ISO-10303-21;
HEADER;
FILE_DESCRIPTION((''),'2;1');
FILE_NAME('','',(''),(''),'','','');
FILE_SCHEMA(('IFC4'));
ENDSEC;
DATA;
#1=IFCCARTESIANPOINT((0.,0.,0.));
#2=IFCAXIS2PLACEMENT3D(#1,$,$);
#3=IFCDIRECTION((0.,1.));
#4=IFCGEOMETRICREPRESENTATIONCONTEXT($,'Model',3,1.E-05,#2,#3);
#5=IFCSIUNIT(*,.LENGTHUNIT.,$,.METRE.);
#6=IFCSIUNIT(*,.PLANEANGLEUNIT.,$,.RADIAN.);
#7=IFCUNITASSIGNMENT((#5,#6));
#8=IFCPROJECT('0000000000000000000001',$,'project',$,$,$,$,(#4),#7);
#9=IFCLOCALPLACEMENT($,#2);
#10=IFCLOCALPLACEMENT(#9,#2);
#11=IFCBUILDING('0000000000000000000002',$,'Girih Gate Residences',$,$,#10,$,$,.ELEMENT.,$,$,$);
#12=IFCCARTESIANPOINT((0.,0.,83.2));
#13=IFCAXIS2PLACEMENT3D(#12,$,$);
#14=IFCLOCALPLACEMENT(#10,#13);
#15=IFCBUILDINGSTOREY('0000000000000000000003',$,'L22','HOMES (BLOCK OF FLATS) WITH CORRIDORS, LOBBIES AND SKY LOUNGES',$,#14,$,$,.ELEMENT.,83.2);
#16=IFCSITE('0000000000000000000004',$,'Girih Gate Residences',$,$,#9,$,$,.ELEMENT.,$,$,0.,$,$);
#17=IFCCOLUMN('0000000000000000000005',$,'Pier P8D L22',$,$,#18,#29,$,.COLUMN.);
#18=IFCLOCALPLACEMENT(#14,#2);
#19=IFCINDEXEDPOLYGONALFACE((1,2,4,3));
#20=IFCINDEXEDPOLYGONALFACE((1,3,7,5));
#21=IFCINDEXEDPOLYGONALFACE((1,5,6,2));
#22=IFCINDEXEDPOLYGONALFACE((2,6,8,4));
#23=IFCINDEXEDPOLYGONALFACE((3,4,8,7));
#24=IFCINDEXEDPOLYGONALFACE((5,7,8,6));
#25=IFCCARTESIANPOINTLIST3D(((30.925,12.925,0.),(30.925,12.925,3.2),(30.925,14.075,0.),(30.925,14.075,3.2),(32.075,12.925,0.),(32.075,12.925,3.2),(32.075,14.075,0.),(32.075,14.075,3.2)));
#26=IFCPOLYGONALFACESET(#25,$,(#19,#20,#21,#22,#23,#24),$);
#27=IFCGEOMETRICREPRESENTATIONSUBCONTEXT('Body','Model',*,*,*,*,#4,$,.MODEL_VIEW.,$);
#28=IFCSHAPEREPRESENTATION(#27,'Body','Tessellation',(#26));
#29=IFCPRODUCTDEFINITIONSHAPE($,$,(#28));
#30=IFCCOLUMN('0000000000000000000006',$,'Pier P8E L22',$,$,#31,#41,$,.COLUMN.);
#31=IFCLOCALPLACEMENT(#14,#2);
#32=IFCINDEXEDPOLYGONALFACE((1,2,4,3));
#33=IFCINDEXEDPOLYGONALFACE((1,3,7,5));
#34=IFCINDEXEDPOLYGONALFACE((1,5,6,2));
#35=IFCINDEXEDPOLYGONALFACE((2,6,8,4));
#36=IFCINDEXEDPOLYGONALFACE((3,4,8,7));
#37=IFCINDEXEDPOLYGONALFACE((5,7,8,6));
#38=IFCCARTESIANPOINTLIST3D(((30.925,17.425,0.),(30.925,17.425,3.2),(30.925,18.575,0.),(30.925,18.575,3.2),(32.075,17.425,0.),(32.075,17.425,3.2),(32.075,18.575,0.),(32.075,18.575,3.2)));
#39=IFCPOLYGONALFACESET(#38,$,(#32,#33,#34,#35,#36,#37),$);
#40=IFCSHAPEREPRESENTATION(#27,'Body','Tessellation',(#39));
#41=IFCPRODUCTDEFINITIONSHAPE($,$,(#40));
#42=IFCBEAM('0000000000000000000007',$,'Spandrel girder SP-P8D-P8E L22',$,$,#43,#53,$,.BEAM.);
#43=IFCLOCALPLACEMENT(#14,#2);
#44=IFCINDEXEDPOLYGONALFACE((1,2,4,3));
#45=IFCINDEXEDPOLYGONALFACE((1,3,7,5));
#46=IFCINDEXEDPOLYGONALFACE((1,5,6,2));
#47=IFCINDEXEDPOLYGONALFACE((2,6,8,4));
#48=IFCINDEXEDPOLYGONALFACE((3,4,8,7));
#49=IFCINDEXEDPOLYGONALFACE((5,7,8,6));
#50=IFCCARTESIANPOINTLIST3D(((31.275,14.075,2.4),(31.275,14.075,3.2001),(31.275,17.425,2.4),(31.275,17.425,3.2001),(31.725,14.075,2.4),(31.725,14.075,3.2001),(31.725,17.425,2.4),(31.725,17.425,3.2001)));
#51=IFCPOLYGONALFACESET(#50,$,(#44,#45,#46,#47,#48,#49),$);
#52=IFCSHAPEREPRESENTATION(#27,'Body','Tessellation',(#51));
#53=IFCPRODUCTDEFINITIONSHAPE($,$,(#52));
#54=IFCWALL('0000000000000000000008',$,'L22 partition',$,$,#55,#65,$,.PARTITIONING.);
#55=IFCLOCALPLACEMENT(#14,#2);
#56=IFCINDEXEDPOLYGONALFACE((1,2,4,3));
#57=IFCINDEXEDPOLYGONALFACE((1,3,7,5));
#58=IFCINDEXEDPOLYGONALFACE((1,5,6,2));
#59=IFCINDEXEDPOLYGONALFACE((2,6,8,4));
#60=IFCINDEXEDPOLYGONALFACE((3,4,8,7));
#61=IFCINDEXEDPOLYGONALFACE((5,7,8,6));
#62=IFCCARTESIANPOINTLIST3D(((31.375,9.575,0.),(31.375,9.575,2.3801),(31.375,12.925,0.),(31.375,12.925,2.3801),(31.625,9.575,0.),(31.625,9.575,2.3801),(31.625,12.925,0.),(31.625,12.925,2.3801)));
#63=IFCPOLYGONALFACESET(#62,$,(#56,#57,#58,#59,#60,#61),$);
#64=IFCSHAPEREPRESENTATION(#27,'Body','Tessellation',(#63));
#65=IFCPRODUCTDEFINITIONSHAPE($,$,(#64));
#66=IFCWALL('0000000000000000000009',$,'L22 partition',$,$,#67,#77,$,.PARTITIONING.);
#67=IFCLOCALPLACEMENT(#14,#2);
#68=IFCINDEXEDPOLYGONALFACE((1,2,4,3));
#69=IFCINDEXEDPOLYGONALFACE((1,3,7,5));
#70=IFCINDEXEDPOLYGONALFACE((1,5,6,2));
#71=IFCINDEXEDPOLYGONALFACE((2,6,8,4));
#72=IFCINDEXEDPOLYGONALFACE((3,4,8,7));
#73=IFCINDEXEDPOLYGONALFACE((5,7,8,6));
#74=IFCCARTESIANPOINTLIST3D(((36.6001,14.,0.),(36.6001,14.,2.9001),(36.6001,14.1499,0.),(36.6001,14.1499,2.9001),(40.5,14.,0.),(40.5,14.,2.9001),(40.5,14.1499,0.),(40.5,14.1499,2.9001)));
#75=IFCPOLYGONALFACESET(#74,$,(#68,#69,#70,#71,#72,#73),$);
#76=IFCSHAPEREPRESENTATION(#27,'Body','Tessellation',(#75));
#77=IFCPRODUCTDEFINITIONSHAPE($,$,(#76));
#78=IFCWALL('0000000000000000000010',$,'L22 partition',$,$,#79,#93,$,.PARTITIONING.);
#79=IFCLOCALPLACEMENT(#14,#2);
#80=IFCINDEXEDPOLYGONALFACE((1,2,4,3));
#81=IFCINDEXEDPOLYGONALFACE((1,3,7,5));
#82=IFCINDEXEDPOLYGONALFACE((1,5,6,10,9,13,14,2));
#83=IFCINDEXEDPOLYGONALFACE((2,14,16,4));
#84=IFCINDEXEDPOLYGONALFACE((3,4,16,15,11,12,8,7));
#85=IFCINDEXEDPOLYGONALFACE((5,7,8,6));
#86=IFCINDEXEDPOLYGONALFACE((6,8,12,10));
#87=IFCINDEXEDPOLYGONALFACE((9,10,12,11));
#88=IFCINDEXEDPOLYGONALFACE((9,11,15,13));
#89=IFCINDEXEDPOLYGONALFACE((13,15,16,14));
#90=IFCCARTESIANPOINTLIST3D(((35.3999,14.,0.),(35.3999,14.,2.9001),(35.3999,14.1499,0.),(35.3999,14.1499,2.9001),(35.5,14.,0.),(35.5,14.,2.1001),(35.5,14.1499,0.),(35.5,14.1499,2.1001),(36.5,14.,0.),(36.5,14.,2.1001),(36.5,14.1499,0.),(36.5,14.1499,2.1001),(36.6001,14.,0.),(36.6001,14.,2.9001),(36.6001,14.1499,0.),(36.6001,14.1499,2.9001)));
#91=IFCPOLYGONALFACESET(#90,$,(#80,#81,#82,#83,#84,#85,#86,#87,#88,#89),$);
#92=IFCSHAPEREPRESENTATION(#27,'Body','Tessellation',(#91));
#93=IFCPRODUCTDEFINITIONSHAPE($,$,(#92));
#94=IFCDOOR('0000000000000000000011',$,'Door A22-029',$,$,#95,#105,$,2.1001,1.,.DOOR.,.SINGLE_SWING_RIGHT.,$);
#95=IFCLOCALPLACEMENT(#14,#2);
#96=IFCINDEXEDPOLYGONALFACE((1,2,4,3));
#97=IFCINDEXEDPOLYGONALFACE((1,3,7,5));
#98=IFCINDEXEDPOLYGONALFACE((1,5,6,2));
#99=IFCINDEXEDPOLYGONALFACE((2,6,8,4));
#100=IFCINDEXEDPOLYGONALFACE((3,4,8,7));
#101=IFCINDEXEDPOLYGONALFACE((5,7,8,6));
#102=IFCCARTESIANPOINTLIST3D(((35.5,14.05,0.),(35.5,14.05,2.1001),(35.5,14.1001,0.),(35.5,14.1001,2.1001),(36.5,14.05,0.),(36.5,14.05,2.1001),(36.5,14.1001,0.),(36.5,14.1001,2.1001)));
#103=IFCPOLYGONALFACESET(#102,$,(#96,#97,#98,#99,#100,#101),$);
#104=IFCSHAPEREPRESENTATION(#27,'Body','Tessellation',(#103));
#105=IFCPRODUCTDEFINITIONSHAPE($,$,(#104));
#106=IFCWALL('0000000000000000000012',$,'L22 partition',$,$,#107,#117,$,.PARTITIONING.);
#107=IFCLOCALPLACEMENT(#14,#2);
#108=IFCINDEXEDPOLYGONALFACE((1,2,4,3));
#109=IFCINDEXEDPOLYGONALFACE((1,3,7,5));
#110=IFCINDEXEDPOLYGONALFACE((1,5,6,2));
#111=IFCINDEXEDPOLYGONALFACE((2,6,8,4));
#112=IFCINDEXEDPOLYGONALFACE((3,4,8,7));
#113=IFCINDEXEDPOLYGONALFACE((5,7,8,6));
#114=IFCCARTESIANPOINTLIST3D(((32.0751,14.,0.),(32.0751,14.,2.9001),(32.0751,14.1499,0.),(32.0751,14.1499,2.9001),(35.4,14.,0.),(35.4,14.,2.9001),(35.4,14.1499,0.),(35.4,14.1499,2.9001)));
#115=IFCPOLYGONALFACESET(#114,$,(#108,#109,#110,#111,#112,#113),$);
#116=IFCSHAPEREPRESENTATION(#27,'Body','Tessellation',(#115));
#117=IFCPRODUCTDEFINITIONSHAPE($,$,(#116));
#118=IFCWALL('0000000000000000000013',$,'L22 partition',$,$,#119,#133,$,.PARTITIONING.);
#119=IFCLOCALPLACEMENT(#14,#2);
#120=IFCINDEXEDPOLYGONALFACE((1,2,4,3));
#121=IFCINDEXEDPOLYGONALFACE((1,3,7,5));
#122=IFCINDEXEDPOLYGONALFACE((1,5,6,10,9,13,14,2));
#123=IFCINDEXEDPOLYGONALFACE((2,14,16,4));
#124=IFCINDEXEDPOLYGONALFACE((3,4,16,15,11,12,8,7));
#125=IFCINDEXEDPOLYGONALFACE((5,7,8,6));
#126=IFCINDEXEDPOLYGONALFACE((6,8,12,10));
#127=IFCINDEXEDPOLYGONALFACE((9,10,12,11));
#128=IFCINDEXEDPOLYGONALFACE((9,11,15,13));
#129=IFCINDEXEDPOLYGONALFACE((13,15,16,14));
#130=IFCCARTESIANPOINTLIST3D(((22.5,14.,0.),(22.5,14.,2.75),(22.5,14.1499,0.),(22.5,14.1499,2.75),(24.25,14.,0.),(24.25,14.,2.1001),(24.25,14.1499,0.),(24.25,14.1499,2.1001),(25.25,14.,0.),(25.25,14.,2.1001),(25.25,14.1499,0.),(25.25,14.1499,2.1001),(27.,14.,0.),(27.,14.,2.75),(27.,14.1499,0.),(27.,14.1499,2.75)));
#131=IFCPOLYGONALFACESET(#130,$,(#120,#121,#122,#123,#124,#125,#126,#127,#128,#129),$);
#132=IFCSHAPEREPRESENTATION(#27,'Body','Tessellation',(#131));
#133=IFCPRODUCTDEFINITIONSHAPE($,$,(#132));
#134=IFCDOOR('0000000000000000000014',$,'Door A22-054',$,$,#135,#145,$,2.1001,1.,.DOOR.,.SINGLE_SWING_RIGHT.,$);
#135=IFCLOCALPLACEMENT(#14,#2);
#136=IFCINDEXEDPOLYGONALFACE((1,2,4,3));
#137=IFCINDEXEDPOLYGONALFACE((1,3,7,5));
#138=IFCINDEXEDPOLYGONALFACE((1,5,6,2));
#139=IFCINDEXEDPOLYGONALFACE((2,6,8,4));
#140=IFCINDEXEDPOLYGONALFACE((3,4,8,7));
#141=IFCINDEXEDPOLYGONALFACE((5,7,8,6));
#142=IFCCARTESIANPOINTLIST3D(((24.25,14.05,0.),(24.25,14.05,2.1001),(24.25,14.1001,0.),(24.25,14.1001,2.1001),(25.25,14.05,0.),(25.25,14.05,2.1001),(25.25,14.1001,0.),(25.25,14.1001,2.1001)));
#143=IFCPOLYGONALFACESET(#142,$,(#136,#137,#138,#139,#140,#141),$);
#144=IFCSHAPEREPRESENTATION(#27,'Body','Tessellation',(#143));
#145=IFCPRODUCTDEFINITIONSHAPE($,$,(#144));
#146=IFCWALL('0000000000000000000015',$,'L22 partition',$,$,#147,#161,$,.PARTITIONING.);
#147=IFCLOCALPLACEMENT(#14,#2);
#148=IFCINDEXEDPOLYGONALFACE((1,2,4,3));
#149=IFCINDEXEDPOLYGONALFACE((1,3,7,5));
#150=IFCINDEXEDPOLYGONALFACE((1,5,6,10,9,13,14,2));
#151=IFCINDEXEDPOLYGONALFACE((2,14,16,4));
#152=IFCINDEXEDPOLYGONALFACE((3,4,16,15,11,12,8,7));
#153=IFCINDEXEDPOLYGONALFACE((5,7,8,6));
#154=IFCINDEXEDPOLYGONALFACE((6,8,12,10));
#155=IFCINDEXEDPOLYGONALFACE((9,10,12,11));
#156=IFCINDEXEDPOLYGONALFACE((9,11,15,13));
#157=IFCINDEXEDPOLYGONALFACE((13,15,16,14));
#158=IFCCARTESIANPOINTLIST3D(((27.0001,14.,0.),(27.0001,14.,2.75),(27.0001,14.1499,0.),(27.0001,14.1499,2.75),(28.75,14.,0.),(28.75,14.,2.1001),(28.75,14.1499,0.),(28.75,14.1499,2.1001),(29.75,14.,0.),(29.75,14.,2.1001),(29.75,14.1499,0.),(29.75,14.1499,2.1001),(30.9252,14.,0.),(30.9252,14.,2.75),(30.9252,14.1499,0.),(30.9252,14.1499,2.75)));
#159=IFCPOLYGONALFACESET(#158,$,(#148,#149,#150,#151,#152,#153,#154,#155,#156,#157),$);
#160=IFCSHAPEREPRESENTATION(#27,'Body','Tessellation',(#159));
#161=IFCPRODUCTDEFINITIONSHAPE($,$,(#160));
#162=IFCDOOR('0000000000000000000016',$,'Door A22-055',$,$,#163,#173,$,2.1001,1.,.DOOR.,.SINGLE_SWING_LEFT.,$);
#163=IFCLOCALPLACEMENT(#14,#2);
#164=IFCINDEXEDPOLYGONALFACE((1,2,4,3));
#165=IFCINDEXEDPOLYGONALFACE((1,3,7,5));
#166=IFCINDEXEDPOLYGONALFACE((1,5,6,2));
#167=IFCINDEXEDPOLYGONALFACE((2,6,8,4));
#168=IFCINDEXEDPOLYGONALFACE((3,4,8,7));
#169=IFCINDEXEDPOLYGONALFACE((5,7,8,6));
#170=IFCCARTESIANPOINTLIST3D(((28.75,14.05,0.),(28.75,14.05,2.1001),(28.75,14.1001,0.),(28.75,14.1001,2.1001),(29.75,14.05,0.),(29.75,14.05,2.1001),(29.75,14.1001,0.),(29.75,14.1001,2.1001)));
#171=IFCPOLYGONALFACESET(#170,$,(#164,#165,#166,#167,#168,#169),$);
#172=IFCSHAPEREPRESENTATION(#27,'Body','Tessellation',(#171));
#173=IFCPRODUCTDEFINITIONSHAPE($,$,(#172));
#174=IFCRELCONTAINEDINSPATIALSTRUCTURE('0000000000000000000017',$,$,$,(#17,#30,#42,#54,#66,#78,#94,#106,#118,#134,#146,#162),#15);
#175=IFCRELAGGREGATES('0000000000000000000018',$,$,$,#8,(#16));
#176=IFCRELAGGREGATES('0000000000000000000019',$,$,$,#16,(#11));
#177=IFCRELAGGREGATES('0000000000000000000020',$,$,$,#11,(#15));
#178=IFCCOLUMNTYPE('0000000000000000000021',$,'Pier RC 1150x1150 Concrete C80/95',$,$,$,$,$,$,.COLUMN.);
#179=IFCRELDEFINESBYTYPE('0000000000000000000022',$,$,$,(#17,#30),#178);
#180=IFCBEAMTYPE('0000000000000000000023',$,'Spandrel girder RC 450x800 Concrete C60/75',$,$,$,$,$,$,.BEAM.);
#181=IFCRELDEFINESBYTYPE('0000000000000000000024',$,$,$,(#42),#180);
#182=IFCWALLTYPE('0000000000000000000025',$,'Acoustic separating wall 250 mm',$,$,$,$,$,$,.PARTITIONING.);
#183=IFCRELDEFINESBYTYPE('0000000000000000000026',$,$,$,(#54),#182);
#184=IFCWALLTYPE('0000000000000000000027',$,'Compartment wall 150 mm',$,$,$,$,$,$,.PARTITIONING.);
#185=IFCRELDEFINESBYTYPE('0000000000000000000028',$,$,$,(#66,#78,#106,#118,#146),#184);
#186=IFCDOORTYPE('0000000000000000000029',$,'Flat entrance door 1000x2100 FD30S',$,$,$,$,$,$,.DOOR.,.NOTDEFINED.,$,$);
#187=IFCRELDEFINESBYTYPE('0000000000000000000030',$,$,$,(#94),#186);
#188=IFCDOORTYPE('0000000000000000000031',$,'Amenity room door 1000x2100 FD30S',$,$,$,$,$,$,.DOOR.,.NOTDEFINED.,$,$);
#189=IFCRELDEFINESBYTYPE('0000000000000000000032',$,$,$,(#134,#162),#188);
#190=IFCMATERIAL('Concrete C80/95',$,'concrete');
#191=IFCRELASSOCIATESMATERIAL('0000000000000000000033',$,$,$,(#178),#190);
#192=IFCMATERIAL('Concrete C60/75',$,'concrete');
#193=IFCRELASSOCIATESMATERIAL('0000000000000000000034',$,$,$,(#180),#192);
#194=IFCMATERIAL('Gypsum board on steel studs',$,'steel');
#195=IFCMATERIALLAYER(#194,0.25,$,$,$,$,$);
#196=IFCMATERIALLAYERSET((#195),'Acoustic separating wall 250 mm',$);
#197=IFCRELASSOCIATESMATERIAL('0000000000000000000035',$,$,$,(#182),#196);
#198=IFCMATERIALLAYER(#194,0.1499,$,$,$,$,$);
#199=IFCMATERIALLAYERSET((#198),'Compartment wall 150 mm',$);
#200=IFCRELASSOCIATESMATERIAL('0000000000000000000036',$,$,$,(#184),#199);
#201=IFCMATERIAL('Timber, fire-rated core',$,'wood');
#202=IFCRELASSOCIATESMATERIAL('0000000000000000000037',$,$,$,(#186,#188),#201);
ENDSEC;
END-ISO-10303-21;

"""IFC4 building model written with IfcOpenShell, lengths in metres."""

from ifc_helpers import new_model, si_unit, direction, frame, frame_2d, origin, origin_2d, place, context, subcontext, project, spatial, rectangle, extrude, material, layer, layer_set, material_profile, profile_set, type_object, element, fill, save


model = new_model("IFC4")

# Units and contexts
model_context = context("Model", 3, precision=1e-05, world=origin(), true_north=direction((0.0, 1.0)))
body_context = subcontext(model_context, "Body", "Model", "MODEL_VIEW")
ifc_project = project(units=[si_unit("LENGTHUNIT", "METRE"), si_unit("PLANEANGLEUNIT", "RADIAN")], contexts=[model_context])

# Site, building, storey
site_placement = place(None, origin())
site = spatial("IfcSite", under=ifc_project, at=site_placement, Name="Girih Gate Residences", CompositionType="ELEMENT", RefElevation=0.0)
building_placement = place(site_placement, origin())
building = spatial("IfcBuilding", under=site, at=building_placement, Name="Girih Gate Residences", CompositionType="ELEMENT")
storey_placement = place(building_placement, frame((0.0, 0.0, 83.2)))
storey = spatial("IfcBuildingStorey", under=building, at=storey_placement, Name="L22", Description="HOMES (BLOCK OF FLATS) WITH CORRIDORS, LOBBIES AND SKY LOUNGES", CompositionType="ELEMENT", Elevation=83.2)

# Columns
ifc_material_1 = material(Name="Concrete C80/95", Category="concrete")
ifc_material_profile_1 = material_profile(ifc_material_1, rectangle(XDim=1.1499, YDim=1.1499, at=origin_2d()))
ifc_profile_set_1 = profile_set([ifc_material_profile_1], Name="Concrete C80/95")
column_type = type_object("IfcColumnType", Name="Pier RC 1150x1150 Concrete C80/95", PredefinedType="COLUMN", material=ifc_profile_set_1)
for number, where, z_axis, x_axis, name in (
    (1, (31.5, 13.5, 0.0), (0.0, 0.0, 1.0), (1.0, 0.0, 0.0), "Pier P8D L22"),
    (2, (31.5, 18.0, 0.0), (0.0, 0.0, 1.0), (1.0, 0.0, 0.0), "Pier P8E L22"),
):
    element("IfcColumn", number, at=place(storey_placement, frame(where, z_axis=z_axis, x_axis=x_axis)), inside=storey, type_object=column_type, Name=name, PredefinedType="COLUMN", context=body_context, shape_type="SweptSolid", body=[
        extrude(rectangle(XDim=1.1499, YDim=1.1499, at=origin_2d()), origin(), (0.0, 0.0, 1.0), 3.2),
    ])

# Beam
ifc_material_2 = material(Name="Concrete C60/75", Category="concrete")
ifc_material_profile_2 = material_profile(ifc_material_2, rectangle(XDim=0.45, YDim=0.8, at=origin_2d()))
ifc_profile_set_2 = profile_set([ifc_material_profile_2], Name="Concrete C60/75")
beam_type = type_object("IfcBeamType", Name="Spandrel girder RC 450x800 Concrete C60/75", PredefinedType="BEAM", material=ifc_profile_set_2)
beam_placement = place(storey_placement, frame((31.5, 14.075, 2.8), z_axis=(0.0, 1.0, 0.0), x_axis=(-1.0, 0.0, 0.0)))
element("IfcBeam", 3, at=beam_placement, inside=storey, type_object=beam_type, Name="Spandrel girder SP-P8D-P8E L22", PredefinedType="BEAM", context=body_context, shape_type="SweptSolid", body=[
    extrude(rectangle(XDim=0.45, YDim=0.8, at=origin_2d()), origin(), (0.0, 0.0, 1.0), 3.3501),
])

# Walls
ifc_material_3 = material(Name="Gypsum board on steel studs", Category="steel")
ifc_layer_1 = layer(ifc_material_3, 0.25)
ifc_layer_set_1 = layer_set([ifc_layer_1], Name="Acoustic separating wall 250 mm")
wall_type_1 = type_object("IfcWallType", Name="Acoustic separating wall 250 mm", PredefinedType="PARTITIONING", material=ifc_layer_set_1)
wall_1_placement = place(storey_placement, frame((31.5, 9.575, 0.0), z_axis=(0.0, 0.0, 1.0), x_axis=(0.0, 1.0, 0.0)))
element("IfcWall", 4, at=wall_1_placement, inside=storey, type_object=wall_type_1, Name="L22 partition", PredefinedType="PARTITIONING", context=body_context, shape_type="SweptSolid", body=[
    extrude(rectangle(XDim=3.3501, YDim=0.25, at=frame_2d((1.675, 0.0))), origin(), (0.0, 0.0, 1.0), 2.3801),
])
ifc_layer_2 = layer(ifc_material_3, 0.1499)
ifc_layer_set_2 = layer_set([ifc_layer_2], Name="Compartment wall 150 mm")
wall_type_2 = type_object("IfcWallType", Name="Compartment wall 150 mm", PredefinedType="PARTITIONING", material=ifc_layer_set_2)
wall_2_placement = place(storey_placement, frame((36.6001, 14.075, 0.0), z_axis=(0.0, 0.0, 1.0), x_axis=(1.0, 0.0, 0.0)))
element("IfcWall", 5, at=wall_2_placement, inside=storey, type_object=wall_type_2, Name="L22 partition", PredefinedType="PARTITIONING", context=body_context, shape_type="SweptSolid", body=[
    extrude(rectangle(XDim=3.8999, YDim=0.1499, at=frame_2d((1.95, 0.0))), origin(), (0.0, 0.0, 1.0), 2.9001),
])

# Wall, opening, door
wall_3_placement = place(storey_placement, frame((36.6001, 14.075, 0.0), z_axis=(0.0, 0.0, 1.0), x_axis=(-1.0, 0.0, 0.0)))
wall_3 = element("IfcWall", 6, at=wall_3_placement, inside=storey, type_object=wall_type_2, Name="L22 partition", PredefinedType="PARTITIONING", context=body_context, shape_type="SweptSolid", body=[
    extrude(rectangle(XDim=1.2002, YDim=0.1499, at=frame_2d((0.6001, 0.0))), origin(), (0.0, 0.0, 1.0), 2.9001),
])
opening_1_placement = place(wall_3_placement, frame((0.1001, 0.0, 0.0)))
opening_1 = element("IfcOpeningElement", 7, at=opening_1_placement, cuts=wall_3, PredefinedType="OPENING", context=body_context, shape_type="SweptSolid", body=[
    extrude(rectangle(XDim=1.0, YDim=2.1001, at=frame_2d((0.5, 1.05))), frame((0.0, 0.085, 0.0), z_axis=(0.0, -1.0, 0.0), x_axis=(1.0, 0.0, 0.0)), (0.0, 0.0, 1.0), 0.1699),
])
ifc_material_4 = material(Name="Timber, fire-rated core", Category="wood")
door_type_1 = type_object("IfcDoorType", Name="Flat entrance door 1000x2100 FD30S", OperationType="NOTDEFINED", PredefinedType="DOOR", material=ifc_material_4)
door_1_placement = place(opening_1_placement, origin())
door_1 = element("IfcDoor", 8, at=door_1_placement, inside=storey, type_object=door_type_1, Name="Door A22-029", OperationType="SINGLE_SWING_RIGHT", OverallHeight=2.1001, OverallWidth=1.0, PredefinedType="DOOR", context=body_context, shape_type="SweptSolid", body=[
    extrude(rectangle(XDim=1.0, YDim=2.1001, at=frame_2d((0.5, 1.05))), frame((0.0, 0.0249, 0.0), z_axis=(0.0, -1.0, 0.0), x_axis=(1.0, 0.0, 0.0)), (0.0, 0.0, 1.0), 0.05),
])
fill(opening_1, door_1)

# Wall
wall_4_placement = place(storey_placement, frame((32.075, 14.075, 0.0), z_axis=(0.0, 0.0, 1.0), x_axis=(1.0, 0.0, 0.0)))
element("IfcWall", 9, at=wall_4_placement, inside=storey, type_object=wall_type_2, Name="L22 partition", PredefinedType="PARTITIONING", context=body_context, shape_type="SweptSolid", body=[
    extrude(rectangle(XDim=3.325, YDim=0.1499, at=frame_2d((1.6626, 0.0))), origin(), (0.0, 0.0, 1.0), 2.9001),
])

# Walls, openings, doors
wall_5_placement = place(storey_placement, frame((27.0, 14.075, 0.0), z_axis=(0.0, 0.0, 1.0), x_axis=(-1.0, 0.0, 0.0)))
wall_5 = element("IfcWall", 10, at=wall_5_placement, inside=storey, type_object=wall_type_2, Name="L22 partition", PredefinedType="PARTITIONING", context=body_context, shape_type="SweptSolid", body=[
    extrude(rectangle(XDim=4.5, YDim=0.1499, at=frame_2d((2.25, 0.0))), origin(), (0.0, 0.0, 1.0), 2.75),
])
opening_2_placement = place(wall_5_placement, frame((1.75, 0.0, 0.0)))
opening_2 = element("IfcOpeningElement", 11, at=opening_2_placement, cuts=wall_5, PredefinedType="OPENING", context=body_context, shape_type="SweptSolid", body=[
    extrude(rectangle(XDim=1.0, YDim=2.1001, at=frame_2d((0.5, 1.05))), frame((0.0, 0.085, 0.0), z_axis=(0.0, -1.0, 0.0), x_axis=(1.0, 0.0, 0.0)), (0.0, 0.0, 1.0), 0.1699),
])
door_type_2 = type_object("IfcDoorType", Name="Amenity room door 1000x2100 FD30S", OperationType="NOTDEFINED", PredefinedType="DOOR", material=ifc_material_4)
door_2_placement = place(opening_2_placement, origin())
door_2 = element("IfcDoor", 12, at=door_2_placement, inside=storey, type_object=door_type_2, Name="Door A22-054", OperationType="SINGLE_SWING_RIGHT", OverallHeight=2.1001, OverallWidth=1.0, PredefinedType="DOOR", context=body_context, shape_type="SweptSolid", body=[
    extrude(rectangle(XDim=1.0, YDim=2.1001, at=frame_2d((0.5, 1.05))), frame((0.0, 0.0249, 0.0), z_axis=(0.0, -1.0, 0.0), x_axis=(1.0, 0.0, 0.0)), (0.0, 0.0, 1.0), 0.05),
])
fill(opening_2, door_2)
wall_6_placement = place(storey_placement, frame((30.925, 14.075, 0.0), z_axis=(0.0, 0.0, 1.0), x_axis=(-1.0, 0.0, 0.0)))
wall_6 = element("IfcWall", 13, at=wall_6_placement, inside=storey, type_object=wall_type_2, Name="L22 partition", PredefinedType="PARTITIONING", context=body_context, shape_type="SweptSolid", body=[
    extrude(rectangle(XDim=3.925, YDim=0.1499, at=frame_2d((1.9624, 0.0))), origin(), (0.0, 0.0, 1.0), 2.75),
])
opening_3_placement = place(wall_6_placement, frame((1.175, 0.0, 0.0)))
opening_3 = element("IfcOpeningElement", 14, at=opening_3_placement, cuts=wall_6, PredefinedType="OPENING", context=body_context, shape_type="SweptSolid", body=[
    extrude(rectangle(XDim=1.0, YDim=2.1001, at=frame_2d((0.5, 1.05))), frame((0.0, 0.085, 0.0), z_axis=(0.0, -1.0, 0.0), x_axis=(1.0, 0.0, 0.0)), (0.0, 0.0, 1.0), 0.1699),
])
door_3_placement = place(opening_3_placement, origin())
door_3 = element("IfcDoor", 15, at=door_3_placement, inside=storey, type_object=door_type_2, Name="Door A22-055", OperationType="SINGLE_SWING_LEFT", OverallHeight=2.1001, OverallWidth=1.0, PredefinedType="DOOR", context=body_context, shape_type="SweptSolid", body=[
    extrude(rectangle(XDim=1.0, YDim=2.1001, at=frame_2d((0.5, 1.05))), frame((0.0, 0.0249, 0.0), z_axis=(0.0, -1.0, 0.0), x_axis=(1.0, 0.0, 0.0)), (0.0, 0.0, 1.0), 0.05),
])
fill(opening_3, door_3)

save(model, "model.ifc")
